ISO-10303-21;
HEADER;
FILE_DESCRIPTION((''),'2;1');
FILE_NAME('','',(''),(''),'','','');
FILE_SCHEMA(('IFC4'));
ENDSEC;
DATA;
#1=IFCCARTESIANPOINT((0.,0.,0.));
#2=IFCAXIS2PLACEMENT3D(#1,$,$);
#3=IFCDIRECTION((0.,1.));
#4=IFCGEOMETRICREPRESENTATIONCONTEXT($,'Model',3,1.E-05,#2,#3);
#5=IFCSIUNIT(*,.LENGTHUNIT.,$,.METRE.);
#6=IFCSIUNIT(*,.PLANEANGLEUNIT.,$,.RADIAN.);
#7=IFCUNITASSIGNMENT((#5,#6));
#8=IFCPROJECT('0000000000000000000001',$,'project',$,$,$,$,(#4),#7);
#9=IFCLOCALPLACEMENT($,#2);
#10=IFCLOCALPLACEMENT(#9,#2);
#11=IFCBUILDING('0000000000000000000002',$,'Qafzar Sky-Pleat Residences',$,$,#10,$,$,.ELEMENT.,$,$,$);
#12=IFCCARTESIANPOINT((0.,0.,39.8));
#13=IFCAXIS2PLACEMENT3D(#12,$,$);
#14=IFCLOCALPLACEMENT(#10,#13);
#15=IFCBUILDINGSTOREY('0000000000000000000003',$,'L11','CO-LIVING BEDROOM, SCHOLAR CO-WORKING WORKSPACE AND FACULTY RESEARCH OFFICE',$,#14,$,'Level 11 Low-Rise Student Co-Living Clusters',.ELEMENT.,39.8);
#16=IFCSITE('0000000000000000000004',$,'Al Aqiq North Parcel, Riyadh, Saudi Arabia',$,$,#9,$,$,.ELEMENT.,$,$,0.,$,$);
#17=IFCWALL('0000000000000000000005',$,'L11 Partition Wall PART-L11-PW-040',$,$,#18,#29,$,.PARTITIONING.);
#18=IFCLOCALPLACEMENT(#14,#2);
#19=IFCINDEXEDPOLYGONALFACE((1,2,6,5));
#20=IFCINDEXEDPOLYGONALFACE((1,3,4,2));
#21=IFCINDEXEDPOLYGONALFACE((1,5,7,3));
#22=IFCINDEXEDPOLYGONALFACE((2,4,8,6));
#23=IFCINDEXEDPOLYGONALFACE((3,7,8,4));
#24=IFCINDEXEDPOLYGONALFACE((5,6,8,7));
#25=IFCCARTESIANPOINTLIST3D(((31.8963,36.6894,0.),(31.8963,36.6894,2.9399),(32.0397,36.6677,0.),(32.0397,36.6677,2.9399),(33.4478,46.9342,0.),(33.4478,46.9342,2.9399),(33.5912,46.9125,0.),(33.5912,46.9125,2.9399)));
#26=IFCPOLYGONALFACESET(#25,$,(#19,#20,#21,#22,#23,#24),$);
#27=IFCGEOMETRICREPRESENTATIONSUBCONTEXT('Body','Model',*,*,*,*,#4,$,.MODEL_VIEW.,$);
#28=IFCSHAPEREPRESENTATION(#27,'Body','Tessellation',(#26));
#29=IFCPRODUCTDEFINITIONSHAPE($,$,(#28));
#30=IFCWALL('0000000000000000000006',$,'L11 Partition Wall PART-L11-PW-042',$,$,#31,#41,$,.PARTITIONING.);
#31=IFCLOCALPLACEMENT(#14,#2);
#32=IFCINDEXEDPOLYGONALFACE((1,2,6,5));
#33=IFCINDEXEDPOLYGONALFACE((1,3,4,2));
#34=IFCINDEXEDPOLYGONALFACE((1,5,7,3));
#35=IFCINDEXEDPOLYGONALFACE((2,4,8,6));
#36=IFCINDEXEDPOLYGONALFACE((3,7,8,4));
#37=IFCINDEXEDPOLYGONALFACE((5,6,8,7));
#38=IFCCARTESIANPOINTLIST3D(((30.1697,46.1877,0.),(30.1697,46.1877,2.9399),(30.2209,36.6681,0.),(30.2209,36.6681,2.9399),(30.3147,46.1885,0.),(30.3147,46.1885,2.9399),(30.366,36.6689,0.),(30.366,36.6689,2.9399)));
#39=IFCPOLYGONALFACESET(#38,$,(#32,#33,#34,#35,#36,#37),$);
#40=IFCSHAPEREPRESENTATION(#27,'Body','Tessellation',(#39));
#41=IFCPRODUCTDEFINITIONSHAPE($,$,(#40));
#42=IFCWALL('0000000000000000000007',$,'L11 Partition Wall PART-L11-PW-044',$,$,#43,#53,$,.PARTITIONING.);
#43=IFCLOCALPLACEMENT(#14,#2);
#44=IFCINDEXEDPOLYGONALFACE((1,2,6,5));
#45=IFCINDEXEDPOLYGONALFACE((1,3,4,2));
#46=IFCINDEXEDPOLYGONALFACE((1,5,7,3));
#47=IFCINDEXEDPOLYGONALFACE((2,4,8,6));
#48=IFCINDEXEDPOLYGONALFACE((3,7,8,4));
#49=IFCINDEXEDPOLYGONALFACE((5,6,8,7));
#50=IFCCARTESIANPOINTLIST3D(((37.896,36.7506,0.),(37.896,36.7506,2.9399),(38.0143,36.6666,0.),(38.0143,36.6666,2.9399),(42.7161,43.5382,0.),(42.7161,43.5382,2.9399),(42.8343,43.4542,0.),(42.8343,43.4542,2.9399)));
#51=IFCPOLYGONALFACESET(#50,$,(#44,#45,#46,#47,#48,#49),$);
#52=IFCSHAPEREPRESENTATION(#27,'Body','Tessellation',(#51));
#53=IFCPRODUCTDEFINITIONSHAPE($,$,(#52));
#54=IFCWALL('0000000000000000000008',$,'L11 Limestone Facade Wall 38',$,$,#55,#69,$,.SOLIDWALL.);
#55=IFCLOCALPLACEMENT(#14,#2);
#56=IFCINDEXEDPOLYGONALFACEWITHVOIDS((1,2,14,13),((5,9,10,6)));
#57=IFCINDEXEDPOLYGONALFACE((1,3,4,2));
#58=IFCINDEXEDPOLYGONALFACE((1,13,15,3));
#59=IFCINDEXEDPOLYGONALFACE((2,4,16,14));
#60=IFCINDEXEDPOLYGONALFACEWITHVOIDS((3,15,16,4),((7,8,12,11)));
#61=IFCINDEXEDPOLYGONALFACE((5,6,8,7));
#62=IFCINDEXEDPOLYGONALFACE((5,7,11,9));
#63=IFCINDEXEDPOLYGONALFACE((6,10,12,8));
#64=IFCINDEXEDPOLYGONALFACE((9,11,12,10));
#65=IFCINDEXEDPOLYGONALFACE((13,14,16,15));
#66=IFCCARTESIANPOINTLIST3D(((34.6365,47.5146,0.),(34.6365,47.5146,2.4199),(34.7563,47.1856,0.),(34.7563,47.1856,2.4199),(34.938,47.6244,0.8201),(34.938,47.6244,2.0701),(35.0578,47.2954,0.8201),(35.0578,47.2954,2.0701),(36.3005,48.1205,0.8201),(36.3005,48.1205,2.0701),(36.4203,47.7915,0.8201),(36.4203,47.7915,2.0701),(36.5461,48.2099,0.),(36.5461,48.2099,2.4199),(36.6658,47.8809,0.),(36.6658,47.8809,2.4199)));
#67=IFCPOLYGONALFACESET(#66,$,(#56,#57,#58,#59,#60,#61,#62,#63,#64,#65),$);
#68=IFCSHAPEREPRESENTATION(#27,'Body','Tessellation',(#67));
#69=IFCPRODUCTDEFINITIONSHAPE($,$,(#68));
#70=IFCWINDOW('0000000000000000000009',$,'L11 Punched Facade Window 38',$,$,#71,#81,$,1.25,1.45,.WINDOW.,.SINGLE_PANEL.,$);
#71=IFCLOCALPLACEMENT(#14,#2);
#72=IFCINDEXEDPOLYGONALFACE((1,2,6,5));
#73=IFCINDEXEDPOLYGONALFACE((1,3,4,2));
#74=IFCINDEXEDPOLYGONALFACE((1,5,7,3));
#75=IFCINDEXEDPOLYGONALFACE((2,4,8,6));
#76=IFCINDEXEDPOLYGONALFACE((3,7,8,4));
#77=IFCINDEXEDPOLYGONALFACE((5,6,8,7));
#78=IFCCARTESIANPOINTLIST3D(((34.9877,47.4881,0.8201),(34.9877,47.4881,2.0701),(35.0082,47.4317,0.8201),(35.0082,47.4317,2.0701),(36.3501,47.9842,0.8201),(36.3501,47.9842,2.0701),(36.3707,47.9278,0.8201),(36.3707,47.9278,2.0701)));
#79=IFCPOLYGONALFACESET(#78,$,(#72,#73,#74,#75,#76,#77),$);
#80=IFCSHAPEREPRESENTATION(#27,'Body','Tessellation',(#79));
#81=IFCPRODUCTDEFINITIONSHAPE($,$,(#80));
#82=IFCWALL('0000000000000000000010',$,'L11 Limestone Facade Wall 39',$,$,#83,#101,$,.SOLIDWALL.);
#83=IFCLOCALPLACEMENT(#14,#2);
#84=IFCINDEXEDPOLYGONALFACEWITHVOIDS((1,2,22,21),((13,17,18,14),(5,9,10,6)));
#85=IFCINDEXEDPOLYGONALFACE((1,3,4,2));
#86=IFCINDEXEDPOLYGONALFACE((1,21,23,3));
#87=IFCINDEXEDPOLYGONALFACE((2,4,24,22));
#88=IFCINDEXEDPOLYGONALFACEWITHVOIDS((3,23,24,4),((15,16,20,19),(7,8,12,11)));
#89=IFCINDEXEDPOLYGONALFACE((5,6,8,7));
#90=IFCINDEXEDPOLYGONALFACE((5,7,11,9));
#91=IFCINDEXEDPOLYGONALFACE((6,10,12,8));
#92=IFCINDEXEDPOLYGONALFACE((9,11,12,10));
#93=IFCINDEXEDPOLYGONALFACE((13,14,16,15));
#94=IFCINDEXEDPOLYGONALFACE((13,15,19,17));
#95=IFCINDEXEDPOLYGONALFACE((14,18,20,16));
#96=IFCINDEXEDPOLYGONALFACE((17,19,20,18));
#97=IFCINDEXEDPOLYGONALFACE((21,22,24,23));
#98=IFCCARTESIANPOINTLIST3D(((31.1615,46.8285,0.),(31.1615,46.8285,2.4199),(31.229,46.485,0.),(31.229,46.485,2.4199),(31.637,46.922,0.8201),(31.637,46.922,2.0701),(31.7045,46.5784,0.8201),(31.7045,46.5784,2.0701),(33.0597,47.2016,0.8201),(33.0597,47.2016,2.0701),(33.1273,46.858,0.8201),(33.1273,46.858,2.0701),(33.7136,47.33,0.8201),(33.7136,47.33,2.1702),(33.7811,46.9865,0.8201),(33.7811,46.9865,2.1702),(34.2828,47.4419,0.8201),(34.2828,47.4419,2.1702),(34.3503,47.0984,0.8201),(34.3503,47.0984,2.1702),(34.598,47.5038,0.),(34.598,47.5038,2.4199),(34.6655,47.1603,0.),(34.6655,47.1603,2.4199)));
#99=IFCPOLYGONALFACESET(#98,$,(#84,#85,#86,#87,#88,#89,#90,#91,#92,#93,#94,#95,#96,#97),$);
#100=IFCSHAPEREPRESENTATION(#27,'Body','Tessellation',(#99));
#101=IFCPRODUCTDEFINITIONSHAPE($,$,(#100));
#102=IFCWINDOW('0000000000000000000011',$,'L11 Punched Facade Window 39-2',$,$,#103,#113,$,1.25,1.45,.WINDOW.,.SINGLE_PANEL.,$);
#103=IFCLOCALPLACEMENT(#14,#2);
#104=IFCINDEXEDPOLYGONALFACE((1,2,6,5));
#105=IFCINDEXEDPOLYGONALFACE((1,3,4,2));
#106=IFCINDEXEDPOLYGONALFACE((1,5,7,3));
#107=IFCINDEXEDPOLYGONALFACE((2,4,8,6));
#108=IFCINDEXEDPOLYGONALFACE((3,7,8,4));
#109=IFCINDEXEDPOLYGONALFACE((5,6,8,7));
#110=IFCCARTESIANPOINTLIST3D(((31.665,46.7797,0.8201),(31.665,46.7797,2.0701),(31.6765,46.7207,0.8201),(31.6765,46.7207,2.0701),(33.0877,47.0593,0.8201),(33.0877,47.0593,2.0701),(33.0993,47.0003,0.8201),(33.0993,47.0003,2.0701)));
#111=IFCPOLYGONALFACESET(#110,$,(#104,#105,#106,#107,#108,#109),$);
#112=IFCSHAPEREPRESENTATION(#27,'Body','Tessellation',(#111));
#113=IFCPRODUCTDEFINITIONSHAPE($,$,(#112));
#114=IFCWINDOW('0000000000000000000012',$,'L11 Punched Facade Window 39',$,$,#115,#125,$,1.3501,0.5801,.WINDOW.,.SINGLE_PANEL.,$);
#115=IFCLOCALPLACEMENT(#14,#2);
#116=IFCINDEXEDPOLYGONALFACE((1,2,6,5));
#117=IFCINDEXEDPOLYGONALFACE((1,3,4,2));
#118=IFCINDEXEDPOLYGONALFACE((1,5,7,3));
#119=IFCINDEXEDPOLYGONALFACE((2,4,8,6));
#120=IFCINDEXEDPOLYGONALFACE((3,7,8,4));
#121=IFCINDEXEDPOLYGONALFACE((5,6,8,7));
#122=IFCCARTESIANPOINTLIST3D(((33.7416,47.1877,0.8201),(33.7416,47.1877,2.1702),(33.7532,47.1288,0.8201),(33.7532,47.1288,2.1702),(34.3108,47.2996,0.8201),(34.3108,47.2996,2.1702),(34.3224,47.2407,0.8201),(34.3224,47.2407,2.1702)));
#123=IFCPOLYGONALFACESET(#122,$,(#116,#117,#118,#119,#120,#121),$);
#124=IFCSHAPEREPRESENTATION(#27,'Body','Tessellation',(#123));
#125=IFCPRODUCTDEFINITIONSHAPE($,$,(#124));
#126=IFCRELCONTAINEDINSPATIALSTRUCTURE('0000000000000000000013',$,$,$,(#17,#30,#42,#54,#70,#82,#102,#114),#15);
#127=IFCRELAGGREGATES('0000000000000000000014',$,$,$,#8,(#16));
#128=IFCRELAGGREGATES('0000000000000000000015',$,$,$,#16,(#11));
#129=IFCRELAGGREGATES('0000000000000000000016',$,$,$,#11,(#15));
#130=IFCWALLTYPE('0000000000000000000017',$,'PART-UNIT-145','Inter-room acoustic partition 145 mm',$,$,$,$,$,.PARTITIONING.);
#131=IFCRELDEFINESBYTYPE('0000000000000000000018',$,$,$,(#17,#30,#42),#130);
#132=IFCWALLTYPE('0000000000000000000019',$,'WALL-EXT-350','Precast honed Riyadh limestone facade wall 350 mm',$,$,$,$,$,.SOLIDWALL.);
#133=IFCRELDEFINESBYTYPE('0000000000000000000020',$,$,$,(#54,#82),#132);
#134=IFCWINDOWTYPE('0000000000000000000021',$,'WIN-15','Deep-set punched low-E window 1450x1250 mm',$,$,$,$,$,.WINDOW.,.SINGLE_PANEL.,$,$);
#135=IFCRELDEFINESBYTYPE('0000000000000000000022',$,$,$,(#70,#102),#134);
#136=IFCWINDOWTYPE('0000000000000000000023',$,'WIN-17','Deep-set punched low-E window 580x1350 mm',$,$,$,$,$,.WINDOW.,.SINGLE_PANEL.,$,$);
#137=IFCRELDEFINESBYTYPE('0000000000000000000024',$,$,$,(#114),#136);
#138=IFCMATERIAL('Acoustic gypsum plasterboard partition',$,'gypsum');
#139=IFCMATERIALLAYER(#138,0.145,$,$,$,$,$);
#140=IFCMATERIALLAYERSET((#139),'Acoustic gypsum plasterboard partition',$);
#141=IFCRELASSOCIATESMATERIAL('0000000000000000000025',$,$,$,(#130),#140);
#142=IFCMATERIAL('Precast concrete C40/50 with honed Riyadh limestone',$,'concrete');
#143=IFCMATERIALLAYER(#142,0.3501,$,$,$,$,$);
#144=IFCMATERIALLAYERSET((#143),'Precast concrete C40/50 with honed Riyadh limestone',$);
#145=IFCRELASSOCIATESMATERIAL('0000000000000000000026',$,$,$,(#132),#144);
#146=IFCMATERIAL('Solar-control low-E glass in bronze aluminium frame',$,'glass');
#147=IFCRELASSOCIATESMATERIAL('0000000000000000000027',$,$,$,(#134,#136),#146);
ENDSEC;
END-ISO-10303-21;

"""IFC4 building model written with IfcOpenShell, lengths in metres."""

from ifc_helpers import new_model, si_unit, direction, frame, frame_2d, origin, place, context, subcontext, project, spatial, rectangle, extrude, source, transform, mapped, material, layer, layer_set, type_object, element, fill, save


model = new_model("IFC4")

# Units and contexts
model_context = context("Model", 3, precision=1e-05, world=origin(), true_north=direction((0.0, 1.0)))
body_context = subcontext(model_context, "Body", "Model", "MODEL_VIEW")
ifc_project = project(units=[si_unit("LENGTHUNIT", "METRE"), si_unit("PLANEANGLEUNIT", "RADIAN")], contexts=[model_context])

# Site, building, storey
site_placement = place(None, origin())
site = spatial("IfcSite", under=ifc_project, at=site_placement, Name="Al Aqiq North Parcel, Riyadh, Saudi Arabia", CompositionType="ELEMENT", RefElevation=0.0)
building_placement = place(site_placement, origin())
building = spatial("IfcBuilding", under=site, at=building_placement, Name="Qafzar Sky-Pleat Residences", CompositionType="ELEMENT")
storey_placement = place(building_placement, frame((0.0, 0.0, 39.8)))
storey = spatial("IfcBuildingStorey", under=building, at=storey_placement, Name="L11", Description="CO-LIVING BEDROOM, SCHOLAR CO-WORKING WORKSPACE AND FACULTY RESEARCH OFFICE", LongName="Level 11 Low-Rise Student Co-Living Clusters", CompositionType="ELEMENT", Elevation=39.8)

# Shared definitions
ifc_material_1 = material(Name="Acoustic gypsum plasterboard partition", Category="gypsum")

# Walls
ifc_layer_1 = layer(ifc_material_1, 0.145)
ifc_layer_set_1 = layer_set([ifc_layer_1], Name="Acoustic gypsum plasterboard partition")
wall_type_1 = type_object("IfcWallType", Name="PART-UNIT-145", Description="Inter-room acoustic partition 145 mm", PredefinedType="PARTITIONING", material=ifc_layer_set_1)
wall_1_placement = place(storey_placement, frame((31.968, 36.6787, 0.0), z_axis=(0.0, 0.0, 1.0), x_axis=(0.149736, 0.988726, 0.0)))
element("IfcWall", 1, at=wall_1_placement, inside=storey, type_object=wall_type_1, Name="L11 Partition Wall PART-L11-PW-040", PredefinedType="PARTITIONING", context=body_context, shape_type="SweptSolid", body=[
    extrude(rectangle(XDim=10.3616, YDim=0.145, at=frame_2d((5.1807, 0.0))), origin(), (0.0, 0.0, 1.0), 2.9399),
])
wall_2_placement = place(storey_placement, frame((30.2422, 46.188, 0.0), z_axis=(0.0, 0.0, 1.0), x_axis=(0.005386, -0.999985, 0.0)))
element("IfcWall", 2, at=wall_2_placement, inside=storey, type_object=wall_type_1, Name="L11 Partition Wall PART-L11-PW-042", PredefinedType="PARTITIONING", context=body_context, shape_type="SweptSolid", body=[
    extrude(rectangle(XDim=9.5198, YDim=0.145, at=frame_2d((4.7598, 0.0))), origin(), (0.0, 0.0, 1.0), 2.9399),
])
wall_3_placement = place(storey_placement, frame((37.9551, 36.7085, 0.0), z_axis=(0.0, 0.0, 1.0), x_axis=(0.578992, 0.815333, 0.0)))
element("IfcWall", 3, at=wall_3_placement, inside=storey, type_object=wall_type_1, Name="L11 Partition Wall PART-L11-PW-044", PredefinedType="PARTITIONING", context=body_context, shape_type="SweptSolid", body=[
    extrude(rectangle(XDim=8.325, YDim=0.145, at=frame_2d((4.1626, 0.0))), origin(), (0.0, 0.0, 1.0), 2.9399),
])

# Wall, opening, window
ifc_material_2 = material(Name="Precast concrete C40/50 with honed Riyadh limestone", Category="concrete")
ifc_layer_2 = layer(ifc_material_2, 0.3501)
ifc_layer_set_2 = layer_set([ifc_layer_2], Name="Precast concrete C40/50 with honed Riyadh limestone")
wall_type_2 = type_object("IfcWallType", Name="WALL-EXT-350", Description="Precast honed Riyadh limestone facade wall 350 mm", PredefinedType="SOLIDWALL", material=ifc_layer_set_2)
wall_4_placement = place(storey_placement, frame((36.606, 48.0454, 0.0), z_axis=(0.0, 0.0, 1.0), x_axis=(-0.939653, -0.342129, 0.0)))
wall_4 = element("IfcWall", 4, at=wall_4_placement, inside=storey, type_object=wall_type_2, Name="L11 Limestone Facade Wall 38", PredefinedType="SOLIDWALL", context=body_context, shape_type="SweptSolid", body=[
    extrude(rectangle(XDim=2.0322, YDim=0.3501, at=frame_2d((1.0161, 0.0))), origin(), (0.0, 0.0, 1.0), 2.4199),
])
opening_1_placement = place(wall_4_placement, frame((0.2612, 0.0, 0.8201)))
opening_1 = element("IfcOpeningElement", 5, at=opening_1_placement, cuts=wall_4, PredefinedType="OPENING", context=body_context, shape_type="SweptSolid", body=[
    extrude(rectangle(XDim=1.45, YDim=1.25, at=frame_2d((0.7251, 0.625))), frame((0.0, 0.1851, 0.0), z_axis=(0.0, -1.0, 0.0), x_axis=(1.0, 0.0, 0.0)), (0.0, 0.0, 1.0), 0.3701),
])
ifc_material_3 = material(Name="Solar-control low-E glass in bronze aluminium frame", Category="glass")
window_type_1 = type_object("IfcWindowType", Name="WIN-15", Description="Deep-set punched low-E window 1450x1250 mm", PartitioningType="SINGLE_PANEL", PredefinedType="WINDOW", material=ifc_material_3)
shared_shape_1 = source(origin(), body_context, "Body", "SweptSolid", [
    extrude(rectangle(XDim=1.45, YDim=1.25, at=frame_2d((0.7251, 0.625))), frame((0.0, 0.03, 0.0), z_axis=(0.0, -1.0, 0.0), x_axis=(1.0, 0.0, 0.0)), (0.0, 0.0, 1.0), 0.0601),
])
window_1_placement = place(opening_1_placement, origin())
window_1 = element("IfcWindow", 6, at=window_1_placement, inside=storey, type_object=window_type_1, Name="L11 Punched Facade Window 38", OverallHeight=1.25, OverallWidth=1.45, PartitioningType="SINGLE_PANEL", PredefinedType="WINDOW", context=body_context, shape_type="MappedRepresentation", body=[
    mapped(shared_shape_1, transform((0.0, 0.0, 0.0), x_axis=(1.0, 0.0, 0.0), y_axis=(0.0, 1.0, 0.0), z_axis=(0.0, 0.0, 1.0), scale=1.0)),
])
fill(opening_1, window_1)

# Wall, openings, windows
wall_5_placement = place(storey_placement, frame((34.6316, 47.332, 0.0), z_axis=(0.0, 0.0, 1.0), x_axis=(-0.981235, -0.192817, 0.0)))
wall_5 = element("IfcWall", 7, at=wall_5_placement, inside=storey, type_object=wall_type_2, Name="L11 Limestone Facade Wall 39", PredefinedType="SOLIDWALL", context=body_context, shape_type="SweptSolid", body=[
    extrude(rectangle(XDim=3.5022, YDim=0.3501, at=frame_2d((1.751, 0.0))), origin(), (0.0, 0.0, 1.0), 2.4199),
])
opening_2_placement = place(wall_5_placement, frame((0.321, 0.0, 0.8201)))
opening_2 = element("IfcOpeningElement", 8, at=opening_2_placement, cuts=wall_5, PredefinedType="OPENING", context=body_context, shape_type="SweptSolid", body=[
    extrude(rectangle(XDim=0.5801, YDim=1.3501, at=frame_2d((0.29, 0.675))), frame((0.0, 0.1851, 0.0), z_axis=(0.0, -1.0, 0.0), x_axis=(1.0, 0.0, 0.0)), (0.0, 0.0, 1.0), 0.3701),
])
opening_3_placement = place(wall_5_placement, frame((1.5674, 0.0, 0.8201)))
opening_3 = element("IfcOpeningElement", 9, at=opening_3_placement, cuts=wall_5, PredefinedType="OPENING", context=body_context, shape_type="SweptSolid", body=[
    extrude(rectangle(XDim=1.45, YDim=1.25, at=frame_2d((0.7251, 0.625))), frame((0.0, 0.1851, 0.0), z_axis=(0.0, -1.0, 0.0), x_axis=(1.0, 0.0, 0.0)), (0.0, 0.0, 1.0), 0.3701),
])
window_2_placement = place(opening_3_placement, origin())
window_2 = element("IfcWindow", 10, at=window_2_placement, inside=storey, type_object=window_type_1, Name="L11 Punched Facade Window 39-2", OverallHeight=1.25, OverallWidth=1.45, PartitioningType="SINGLE_PANEL", PredefinedType="WINDOW", context=body_context, shape_type="MappedRepresentation", body=[
    mapped(shared_shape_1, transform((0.0, 0.0, 0.0), x_axis=(1.0, 0.0, 0.0), y_axis=(0.0, 1.0, 0.0), z_axis=(0.0, 0.0, 1.0), scale=1.0)),
])
fill(opening_3, window_2)
window_type_2 = type_object("IfcWindowType", Name="WIN-17", Description="Deep-set punched low-E window 580x1350 mm", PartitioningType="SINGLE_PANEL", PredefinedType="WINDOW", material=ifc_material_3)
shared_shape_2 = source(origin(), body_context, "Body", "SweptSolid", [
    extrude(rectangle(XDim=0.5801, YDim=1.3501, at=frame_2d((0.29, 0.675))), frame((0.0, 0.03, 0.0), z_axis=(0.0, -1.0, 0.0), x_axis=(1.0, 0.0, 0.0)), (0.0, 0.0, 1.0), 0.0601),
])
window_3_placement = place(opening_2_placement, origin())
window_3 = element("IfcWindow", 11, at=window_3_placement, inside=storey, type_object=window_type_2, Name="L11 Punched Facade Window 39", OverallHeight=1.3501, OverallWidth=0.5801, PartitioningType="SINGLE_PANEL", PredefinedType="WINDOW", context=body_context, shape_type="MappedRepresentation", body=[
    mapped(shared_shape_2, transform((0.0, 0.0, 0.0), x_axis=(1.0, 0.0, 0.0), y_axis=(0.0, 1.0, 0.0), z_axis=(0.0, 0.0, 1.0), scale=1.0)),
])
fill(opening_2, window_3)

save(model, "model.ifc")
